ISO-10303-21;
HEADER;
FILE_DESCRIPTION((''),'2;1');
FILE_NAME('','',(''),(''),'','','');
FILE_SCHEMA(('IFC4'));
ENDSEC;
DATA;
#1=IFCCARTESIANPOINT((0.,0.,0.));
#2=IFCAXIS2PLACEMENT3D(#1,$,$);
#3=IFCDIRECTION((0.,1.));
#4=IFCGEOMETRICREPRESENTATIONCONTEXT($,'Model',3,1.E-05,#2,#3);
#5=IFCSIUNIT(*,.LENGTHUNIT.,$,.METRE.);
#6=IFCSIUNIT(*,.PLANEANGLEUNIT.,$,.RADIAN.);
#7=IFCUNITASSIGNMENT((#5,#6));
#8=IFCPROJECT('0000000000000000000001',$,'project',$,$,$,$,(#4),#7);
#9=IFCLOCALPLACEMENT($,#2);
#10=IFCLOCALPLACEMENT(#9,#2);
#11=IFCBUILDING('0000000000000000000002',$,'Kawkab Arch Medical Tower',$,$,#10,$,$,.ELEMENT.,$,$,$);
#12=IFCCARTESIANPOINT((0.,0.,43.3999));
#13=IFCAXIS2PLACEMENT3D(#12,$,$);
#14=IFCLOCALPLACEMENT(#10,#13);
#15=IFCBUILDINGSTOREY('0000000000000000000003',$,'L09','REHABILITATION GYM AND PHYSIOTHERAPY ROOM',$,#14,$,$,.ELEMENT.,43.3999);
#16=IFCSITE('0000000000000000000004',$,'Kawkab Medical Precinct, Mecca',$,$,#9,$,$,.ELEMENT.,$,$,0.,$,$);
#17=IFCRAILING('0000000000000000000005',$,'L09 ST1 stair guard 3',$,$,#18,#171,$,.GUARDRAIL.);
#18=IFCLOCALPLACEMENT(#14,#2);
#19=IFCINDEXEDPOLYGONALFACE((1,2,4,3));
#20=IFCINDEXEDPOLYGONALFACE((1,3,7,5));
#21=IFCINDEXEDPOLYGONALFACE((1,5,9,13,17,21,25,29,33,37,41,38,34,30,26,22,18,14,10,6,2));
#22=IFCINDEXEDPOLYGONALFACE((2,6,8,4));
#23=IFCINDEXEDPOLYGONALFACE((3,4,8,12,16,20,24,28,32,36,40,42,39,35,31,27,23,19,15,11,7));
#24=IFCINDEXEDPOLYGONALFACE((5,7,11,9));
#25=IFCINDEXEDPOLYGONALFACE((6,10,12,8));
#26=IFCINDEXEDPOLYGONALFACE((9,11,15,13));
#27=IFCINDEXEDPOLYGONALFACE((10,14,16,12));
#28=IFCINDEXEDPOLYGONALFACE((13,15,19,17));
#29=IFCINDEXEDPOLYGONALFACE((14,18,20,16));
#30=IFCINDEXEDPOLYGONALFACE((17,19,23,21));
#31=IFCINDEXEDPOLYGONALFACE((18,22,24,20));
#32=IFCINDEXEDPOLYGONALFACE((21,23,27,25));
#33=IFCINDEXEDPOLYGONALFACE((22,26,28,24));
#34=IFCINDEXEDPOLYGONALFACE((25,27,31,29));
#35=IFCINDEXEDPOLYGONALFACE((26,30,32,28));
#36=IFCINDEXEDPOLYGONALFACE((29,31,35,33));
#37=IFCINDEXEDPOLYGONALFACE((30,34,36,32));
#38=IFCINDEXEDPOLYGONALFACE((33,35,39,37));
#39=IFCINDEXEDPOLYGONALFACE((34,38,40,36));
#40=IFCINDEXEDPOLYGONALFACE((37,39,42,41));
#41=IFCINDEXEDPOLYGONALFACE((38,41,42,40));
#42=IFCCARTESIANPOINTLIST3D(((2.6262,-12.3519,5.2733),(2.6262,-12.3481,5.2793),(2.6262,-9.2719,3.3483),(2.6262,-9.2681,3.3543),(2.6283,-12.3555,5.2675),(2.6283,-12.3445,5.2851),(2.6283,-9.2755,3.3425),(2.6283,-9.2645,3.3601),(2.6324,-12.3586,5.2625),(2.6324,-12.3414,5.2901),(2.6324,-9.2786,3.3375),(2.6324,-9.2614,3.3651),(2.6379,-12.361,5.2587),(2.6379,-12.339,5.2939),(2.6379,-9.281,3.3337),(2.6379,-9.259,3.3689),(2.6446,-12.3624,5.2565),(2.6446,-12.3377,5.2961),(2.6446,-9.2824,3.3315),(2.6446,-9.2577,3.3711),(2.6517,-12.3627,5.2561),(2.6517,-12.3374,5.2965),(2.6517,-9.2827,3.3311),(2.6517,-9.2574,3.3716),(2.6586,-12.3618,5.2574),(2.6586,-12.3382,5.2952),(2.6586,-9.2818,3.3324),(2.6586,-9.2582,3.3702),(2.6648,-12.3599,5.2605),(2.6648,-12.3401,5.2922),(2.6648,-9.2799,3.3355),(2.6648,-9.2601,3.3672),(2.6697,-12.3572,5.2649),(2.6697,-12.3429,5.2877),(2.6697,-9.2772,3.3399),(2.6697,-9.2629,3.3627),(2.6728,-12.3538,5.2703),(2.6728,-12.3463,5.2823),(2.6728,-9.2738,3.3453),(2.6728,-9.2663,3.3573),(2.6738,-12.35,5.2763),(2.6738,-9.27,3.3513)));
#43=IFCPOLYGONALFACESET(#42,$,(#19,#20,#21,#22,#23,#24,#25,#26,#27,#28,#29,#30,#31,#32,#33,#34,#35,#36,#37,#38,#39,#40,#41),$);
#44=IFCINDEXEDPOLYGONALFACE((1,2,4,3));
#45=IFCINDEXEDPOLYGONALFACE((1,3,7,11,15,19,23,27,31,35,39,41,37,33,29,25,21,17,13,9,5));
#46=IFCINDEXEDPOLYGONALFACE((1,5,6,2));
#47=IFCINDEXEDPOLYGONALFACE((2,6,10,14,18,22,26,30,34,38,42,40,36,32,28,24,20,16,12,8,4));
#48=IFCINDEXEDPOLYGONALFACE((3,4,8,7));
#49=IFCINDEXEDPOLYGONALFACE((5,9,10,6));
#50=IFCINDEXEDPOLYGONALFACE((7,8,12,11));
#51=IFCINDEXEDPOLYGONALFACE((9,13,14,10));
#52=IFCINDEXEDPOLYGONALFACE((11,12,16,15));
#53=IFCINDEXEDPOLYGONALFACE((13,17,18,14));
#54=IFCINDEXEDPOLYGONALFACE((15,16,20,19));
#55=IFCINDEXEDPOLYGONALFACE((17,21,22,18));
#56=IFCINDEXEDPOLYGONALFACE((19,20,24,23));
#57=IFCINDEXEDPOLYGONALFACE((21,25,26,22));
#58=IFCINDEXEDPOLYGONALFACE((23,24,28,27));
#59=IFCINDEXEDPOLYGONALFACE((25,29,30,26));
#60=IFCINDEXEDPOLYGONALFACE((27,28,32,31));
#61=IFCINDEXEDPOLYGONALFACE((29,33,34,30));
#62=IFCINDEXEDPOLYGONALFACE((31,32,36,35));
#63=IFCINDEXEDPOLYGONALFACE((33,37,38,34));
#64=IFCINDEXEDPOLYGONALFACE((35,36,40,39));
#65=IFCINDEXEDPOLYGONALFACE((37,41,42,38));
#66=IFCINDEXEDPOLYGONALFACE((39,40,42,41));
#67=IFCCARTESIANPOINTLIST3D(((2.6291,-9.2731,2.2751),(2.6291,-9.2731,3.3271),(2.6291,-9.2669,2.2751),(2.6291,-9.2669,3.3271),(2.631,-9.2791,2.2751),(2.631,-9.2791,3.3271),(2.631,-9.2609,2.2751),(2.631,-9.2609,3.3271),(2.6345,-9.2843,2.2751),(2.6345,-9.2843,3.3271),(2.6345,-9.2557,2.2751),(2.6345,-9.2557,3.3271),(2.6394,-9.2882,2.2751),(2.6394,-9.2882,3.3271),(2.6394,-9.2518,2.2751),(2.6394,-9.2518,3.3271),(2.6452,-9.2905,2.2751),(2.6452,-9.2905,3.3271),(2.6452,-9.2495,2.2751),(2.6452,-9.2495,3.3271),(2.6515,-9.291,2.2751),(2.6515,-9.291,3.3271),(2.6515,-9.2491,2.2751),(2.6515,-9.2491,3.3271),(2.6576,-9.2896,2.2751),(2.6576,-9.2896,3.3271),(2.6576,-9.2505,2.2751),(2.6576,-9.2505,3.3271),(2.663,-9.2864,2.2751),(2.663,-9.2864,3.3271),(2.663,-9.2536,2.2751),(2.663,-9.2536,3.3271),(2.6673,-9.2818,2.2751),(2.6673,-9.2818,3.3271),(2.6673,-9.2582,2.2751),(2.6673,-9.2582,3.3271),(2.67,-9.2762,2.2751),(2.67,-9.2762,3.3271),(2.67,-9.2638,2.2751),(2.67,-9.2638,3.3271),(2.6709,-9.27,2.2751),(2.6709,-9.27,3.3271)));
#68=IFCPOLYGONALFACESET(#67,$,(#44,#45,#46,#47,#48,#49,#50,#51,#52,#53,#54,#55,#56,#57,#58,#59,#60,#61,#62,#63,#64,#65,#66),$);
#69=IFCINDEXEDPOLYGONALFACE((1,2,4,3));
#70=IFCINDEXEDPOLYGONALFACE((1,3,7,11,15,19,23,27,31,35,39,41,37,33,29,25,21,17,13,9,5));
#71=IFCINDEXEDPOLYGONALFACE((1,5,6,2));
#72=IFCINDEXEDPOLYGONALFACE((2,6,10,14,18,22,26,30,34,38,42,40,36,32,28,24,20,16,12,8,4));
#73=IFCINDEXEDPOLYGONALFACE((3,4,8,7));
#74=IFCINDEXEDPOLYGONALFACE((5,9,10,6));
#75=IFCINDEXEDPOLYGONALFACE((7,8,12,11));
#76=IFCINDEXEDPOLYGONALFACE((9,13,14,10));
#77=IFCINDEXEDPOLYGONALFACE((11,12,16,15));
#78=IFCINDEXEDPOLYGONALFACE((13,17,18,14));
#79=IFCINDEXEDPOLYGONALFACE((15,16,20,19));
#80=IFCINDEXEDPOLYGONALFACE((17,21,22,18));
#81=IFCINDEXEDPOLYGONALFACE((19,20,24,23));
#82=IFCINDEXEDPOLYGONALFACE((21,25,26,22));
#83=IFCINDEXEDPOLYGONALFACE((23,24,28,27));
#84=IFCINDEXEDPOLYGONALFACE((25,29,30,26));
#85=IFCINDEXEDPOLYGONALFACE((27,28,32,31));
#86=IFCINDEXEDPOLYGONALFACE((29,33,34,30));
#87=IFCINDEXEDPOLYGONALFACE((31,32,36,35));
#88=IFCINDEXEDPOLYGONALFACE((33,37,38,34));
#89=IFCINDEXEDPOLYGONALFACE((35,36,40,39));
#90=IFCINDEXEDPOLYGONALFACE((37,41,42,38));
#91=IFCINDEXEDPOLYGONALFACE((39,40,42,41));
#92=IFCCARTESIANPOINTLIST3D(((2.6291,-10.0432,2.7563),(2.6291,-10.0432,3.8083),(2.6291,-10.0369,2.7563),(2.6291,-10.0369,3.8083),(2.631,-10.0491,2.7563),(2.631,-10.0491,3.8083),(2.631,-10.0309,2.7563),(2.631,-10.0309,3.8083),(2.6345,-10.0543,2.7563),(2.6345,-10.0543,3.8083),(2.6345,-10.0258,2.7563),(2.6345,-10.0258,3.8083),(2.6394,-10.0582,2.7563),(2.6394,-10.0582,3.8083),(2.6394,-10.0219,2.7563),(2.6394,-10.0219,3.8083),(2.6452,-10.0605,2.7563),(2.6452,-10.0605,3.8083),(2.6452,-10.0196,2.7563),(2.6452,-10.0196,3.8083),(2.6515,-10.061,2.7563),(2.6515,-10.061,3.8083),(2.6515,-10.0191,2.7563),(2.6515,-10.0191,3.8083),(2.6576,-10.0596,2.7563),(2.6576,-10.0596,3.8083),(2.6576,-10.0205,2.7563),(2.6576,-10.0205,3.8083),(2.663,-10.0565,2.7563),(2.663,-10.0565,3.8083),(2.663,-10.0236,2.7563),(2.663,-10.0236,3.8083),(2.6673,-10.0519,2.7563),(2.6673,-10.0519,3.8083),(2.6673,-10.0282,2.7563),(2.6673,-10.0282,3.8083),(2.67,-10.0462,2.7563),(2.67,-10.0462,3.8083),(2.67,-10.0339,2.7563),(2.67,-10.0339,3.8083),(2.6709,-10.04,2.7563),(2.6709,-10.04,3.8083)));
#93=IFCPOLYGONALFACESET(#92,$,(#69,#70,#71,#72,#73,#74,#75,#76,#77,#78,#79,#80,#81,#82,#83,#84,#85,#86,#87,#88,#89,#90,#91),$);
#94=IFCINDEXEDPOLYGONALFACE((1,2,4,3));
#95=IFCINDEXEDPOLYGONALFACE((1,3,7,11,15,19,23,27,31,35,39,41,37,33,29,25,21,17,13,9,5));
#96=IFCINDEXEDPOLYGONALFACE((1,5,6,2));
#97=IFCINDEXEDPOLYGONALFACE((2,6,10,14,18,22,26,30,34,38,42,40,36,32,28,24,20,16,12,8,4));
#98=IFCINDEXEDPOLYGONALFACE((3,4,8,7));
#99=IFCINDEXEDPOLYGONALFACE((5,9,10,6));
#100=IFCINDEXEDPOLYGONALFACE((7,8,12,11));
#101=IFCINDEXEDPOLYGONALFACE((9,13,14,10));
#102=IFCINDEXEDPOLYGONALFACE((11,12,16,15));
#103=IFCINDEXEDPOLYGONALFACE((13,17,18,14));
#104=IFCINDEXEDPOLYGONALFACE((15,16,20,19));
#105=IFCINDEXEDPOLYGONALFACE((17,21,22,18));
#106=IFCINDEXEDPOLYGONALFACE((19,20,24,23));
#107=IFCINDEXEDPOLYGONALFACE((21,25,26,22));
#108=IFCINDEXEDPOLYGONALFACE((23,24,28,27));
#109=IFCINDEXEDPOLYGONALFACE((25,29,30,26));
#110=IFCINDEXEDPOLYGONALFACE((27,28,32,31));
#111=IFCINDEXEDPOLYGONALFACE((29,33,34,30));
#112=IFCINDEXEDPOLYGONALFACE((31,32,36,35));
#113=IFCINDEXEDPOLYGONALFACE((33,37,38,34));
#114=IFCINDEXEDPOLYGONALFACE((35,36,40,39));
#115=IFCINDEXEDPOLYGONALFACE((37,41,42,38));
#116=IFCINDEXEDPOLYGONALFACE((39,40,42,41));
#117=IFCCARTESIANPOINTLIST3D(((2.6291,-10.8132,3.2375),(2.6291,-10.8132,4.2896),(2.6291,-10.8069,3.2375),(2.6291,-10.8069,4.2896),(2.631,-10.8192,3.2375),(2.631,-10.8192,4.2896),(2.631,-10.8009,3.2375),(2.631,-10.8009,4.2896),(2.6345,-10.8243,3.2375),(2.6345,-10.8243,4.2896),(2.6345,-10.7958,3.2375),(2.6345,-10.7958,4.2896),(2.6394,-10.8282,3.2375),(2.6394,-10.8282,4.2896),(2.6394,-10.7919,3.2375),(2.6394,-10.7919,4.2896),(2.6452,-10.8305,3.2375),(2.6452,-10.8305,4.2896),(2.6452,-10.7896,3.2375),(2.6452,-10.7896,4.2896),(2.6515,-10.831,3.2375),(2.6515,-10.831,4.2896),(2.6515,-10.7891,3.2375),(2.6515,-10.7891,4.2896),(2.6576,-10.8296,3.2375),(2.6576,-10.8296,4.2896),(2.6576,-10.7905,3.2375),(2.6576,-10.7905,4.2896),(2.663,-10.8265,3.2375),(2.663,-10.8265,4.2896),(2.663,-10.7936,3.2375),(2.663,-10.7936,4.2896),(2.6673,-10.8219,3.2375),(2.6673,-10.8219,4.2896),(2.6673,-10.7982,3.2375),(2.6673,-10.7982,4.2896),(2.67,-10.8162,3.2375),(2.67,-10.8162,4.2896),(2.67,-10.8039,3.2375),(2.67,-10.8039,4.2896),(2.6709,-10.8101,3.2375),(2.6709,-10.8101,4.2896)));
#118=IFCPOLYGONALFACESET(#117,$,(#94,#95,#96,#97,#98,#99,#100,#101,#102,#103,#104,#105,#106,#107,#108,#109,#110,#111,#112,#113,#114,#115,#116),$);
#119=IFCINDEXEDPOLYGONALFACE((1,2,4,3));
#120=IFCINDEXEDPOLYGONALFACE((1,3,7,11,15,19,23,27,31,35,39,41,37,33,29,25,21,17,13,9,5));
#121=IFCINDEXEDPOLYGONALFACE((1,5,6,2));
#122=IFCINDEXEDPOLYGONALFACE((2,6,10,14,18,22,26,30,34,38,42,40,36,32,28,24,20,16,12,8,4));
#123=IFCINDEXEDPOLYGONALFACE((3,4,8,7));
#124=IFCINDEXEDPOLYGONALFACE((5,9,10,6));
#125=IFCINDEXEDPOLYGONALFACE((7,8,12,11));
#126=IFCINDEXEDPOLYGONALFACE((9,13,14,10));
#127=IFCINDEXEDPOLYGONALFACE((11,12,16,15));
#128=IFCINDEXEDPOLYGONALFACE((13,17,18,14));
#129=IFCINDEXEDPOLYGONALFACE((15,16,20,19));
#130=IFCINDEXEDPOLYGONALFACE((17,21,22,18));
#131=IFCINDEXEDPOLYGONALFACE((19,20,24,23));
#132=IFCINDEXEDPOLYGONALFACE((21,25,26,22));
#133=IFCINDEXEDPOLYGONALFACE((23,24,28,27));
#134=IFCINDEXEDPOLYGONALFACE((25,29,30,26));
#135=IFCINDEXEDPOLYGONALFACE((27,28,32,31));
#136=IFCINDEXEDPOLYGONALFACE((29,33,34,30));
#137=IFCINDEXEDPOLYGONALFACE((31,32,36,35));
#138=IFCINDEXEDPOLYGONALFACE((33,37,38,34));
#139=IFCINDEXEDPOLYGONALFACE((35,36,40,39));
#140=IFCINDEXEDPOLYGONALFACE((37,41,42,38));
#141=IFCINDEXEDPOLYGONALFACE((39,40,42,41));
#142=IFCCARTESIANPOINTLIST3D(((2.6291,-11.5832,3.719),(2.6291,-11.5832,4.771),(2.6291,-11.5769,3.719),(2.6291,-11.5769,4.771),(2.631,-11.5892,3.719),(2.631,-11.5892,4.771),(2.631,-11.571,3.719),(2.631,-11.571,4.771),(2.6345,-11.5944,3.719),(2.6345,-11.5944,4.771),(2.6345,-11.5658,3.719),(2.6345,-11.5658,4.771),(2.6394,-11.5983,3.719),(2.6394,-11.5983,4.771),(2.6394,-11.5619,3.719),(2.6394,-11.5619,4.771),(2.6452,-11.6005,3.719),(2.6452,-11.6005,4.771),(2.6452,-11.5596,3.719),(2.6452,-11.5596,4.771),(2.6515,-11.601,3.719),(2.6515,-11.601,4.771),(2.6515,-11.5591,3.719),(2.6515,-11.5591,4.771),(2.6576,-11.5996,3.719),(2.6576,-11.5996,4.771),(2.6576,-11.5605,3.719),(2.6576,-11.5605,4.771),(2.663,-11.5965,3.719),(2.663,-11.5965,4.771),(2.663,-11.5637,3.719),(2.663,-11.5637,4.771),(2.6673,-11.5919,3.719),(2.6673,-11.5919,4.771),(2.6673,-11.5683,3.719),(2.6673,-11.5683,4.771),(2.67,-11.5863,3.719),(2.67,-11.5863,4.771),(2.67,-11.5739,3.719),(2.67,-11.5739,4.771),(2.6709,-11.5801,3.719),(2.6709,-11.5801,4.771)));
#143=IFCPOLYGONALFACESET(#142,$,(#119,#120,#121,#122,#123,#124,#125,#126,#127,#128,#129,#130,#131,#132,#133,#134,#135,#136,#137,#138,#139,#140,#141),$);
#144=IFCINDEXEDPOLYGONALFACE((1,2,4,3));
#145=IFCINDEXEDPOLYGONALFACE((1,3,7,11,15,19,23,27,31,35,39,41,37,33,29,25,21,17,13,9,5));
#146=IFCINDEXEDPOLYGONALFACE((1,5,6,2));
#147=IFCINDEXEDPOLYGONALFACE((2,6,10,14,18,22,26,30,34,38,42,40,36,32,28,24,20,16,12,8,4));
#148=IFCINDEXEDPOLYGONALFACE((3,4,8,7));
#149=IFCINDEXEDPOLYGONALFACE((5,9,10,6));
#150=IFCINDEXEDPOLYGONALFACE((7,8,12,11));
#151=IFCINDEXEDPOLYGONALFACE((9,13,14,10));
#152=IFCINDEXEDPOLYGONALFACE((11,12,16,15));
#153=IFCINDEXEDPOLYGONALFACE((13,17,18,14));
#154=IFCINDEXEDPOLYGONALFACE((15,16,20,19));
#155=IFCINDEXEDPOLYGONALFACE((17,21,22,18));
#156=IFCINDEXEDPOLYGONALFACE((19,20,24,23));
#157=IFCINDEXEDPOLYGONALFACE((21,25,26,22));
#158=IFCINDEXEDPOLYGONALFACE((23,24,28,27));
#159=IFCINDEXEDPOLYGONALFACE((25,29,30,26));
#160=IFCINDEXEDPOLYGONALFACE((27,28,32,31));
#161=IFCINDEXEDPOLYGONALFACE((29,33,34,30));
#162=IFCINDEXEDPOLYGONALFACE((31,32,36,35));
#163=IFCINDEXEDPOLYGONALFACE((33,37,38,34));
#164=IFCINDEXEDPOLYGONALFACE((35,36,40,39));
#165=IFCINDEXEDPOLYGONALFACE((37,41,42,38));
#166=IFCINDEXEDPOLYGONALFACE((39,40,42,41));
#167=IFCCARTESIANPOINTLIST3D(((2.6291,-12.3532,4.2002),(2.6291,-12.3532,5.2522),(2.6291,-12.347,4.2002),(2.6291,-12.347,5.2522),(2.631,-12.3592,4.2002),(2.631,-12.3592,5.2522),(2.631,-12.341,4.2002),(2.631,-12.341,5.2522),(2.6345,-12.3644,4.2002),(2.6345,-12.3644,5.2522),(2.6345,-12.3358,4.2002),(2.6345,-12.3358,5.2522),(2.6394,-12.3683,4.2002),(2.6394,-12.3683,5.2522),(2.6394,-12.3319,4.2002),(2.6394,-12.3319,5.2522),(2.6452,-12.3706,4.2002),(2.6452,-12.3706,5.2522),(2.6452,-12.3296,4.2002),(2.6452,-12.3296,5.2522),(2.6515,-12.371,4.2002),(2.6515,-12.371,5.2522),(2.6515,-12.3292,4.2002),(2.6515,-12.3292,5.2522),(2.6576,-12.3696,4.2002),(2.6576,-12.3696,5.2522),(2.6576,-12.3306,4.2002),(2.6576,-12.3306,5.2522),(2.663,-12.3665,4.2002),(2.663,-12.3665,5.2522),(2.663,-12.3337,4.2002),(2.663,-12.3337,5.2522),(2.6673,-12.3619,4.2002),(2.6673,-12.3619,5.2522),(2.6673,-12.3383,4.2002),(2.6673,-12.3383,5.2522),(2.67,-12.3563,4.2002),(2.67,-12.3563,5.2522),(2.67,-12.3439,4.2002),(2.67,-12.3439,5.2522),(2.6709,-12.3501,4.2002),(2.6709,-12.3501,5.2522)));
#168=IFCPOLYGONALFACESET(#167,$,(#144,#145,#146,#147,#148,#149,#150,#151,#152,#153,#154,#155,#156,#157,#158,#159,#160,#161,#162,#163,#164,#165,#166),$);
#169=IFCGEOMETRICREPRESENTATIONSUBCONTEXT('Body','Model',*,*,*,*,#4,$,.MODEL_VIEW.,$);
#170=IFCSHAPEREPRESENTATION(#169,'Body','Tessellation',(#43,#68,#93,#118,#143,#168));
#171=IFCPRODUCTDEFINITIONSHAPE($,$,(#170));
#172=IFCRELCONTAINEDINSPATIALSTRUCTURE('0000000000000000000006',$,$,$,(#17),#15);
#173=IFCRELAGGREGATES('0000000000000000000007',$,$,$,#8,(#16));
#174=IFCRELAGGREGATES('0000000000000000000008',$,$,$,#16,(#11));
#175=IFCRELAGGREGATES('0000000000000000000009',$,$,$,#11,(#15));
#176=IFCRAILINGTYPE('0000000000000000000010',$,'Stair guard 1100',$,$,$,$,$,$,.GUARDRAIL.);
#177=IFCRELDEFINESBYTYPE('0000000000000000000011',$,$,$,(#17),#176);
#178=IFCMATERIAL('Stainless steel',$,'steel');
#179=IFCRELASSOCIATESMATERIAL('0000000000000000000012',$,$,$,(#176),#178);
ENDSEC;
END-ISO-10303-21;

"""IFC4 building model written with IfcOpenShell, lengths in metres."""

from ifc_helpers import new_model, si_unit, direction, frame, origin, origin_2d, place, context, subcontext, project, spatial, circle, extrude, material, type_object, element, save


model = new_model("IFC4")

# Units and contexts
model_context = context("Model", 3, precision=1e-05, world=origin(), true_north=direction((0.0, 1.0)))
body_context = subcontext(model_context, "Body", "Model", "MODEL_VIEW")
ifc_project = project(units=[si_unit("LENGTHUNIT", "METRE"), si_unit("PLANEANGLEUNIT", "RADIAN")], contexts=[model_context])

# Site, building, storey
site_placement = place(None, origin())
site = spatial("IfcSite", under=ifc_project, at=site_placement, Name="Kawkab Medical Precinct, Mecca", CompositionType="ELEMENT", RefElevation=0.0)
building_placement = place(site_placement, origin())
building = spatial("IfcBuilding", under=site, at=building_placement, Name="Kawkab Arch Medical Tower", CompositionType="ELEMENT")
storey_placement = place(building_placement, frame((0.0, 0.0, 43.3999)))
storey = spatial("IfcBuildingStorey", under=building, at=storey_placement, Name="L09", Description="REHABILITATION GYM AND PHYSIOTHERAPY ROOM", CompositionType="ELEMENT", Elevation=43.3999)

# Railing
ifc_material_1 = material(Name="Stainless steel", Category="steel")
railing_type_1 = type_object("IfcRailingType", Name="Stair guard 1100", PredefinedType="GUARDRAIL", material=ifc_material_1)
railing_1_placement = place(storey_placement, frame((2.6499, -9.27, 2.2751)))
element("IfcRailing", 1, at=railing_1_placement, inside=storey, type_object=railing_type_1, Name="L09 ST1 stair guard 3", PredefinedType="GUARDRAIL", context=body_context, shape_type="SweptSolid", body=[
    extrude(circle(Radius=0.0239, at=origin_2d()), frame((0.0, 0.0, 1.0762), z_axis=(0.0, -0.847998, 0.529999), x_axis=(1.0, 0.0, 0.0)), (0.0, 0.0, 1.0), 3.6321),
    extrude(circle(Radius=0.021, at=origin_2d()), origin(), (0.0, 0.0, 1.0), 1.052),
    extrude(circle(Radius=0.021, at=origin_2d()), frame((0.0, -0.77, 0.4812)), (0.0, 0.0, 1.0), 1.052),
    extrude(circle(Radius=0.021, at=origin_2d()), frame((0.0, -1.54, 0.9624)), (0.0, 0.0, 1.0), 1.052),
    extrude(circle(Radius=0.021, at=origin_2d()), frame((0.0, -2.3101, 1.4438)), (0.0, 0.0, 1.0), 1.052),
    extrude(circle(Radius=0.021, at=origin_2d()), frame((0.0, -3.0801, 1.925)), (0.0, 0.0, 1.0), 1.052),
])

save(model, "model.ifc")
